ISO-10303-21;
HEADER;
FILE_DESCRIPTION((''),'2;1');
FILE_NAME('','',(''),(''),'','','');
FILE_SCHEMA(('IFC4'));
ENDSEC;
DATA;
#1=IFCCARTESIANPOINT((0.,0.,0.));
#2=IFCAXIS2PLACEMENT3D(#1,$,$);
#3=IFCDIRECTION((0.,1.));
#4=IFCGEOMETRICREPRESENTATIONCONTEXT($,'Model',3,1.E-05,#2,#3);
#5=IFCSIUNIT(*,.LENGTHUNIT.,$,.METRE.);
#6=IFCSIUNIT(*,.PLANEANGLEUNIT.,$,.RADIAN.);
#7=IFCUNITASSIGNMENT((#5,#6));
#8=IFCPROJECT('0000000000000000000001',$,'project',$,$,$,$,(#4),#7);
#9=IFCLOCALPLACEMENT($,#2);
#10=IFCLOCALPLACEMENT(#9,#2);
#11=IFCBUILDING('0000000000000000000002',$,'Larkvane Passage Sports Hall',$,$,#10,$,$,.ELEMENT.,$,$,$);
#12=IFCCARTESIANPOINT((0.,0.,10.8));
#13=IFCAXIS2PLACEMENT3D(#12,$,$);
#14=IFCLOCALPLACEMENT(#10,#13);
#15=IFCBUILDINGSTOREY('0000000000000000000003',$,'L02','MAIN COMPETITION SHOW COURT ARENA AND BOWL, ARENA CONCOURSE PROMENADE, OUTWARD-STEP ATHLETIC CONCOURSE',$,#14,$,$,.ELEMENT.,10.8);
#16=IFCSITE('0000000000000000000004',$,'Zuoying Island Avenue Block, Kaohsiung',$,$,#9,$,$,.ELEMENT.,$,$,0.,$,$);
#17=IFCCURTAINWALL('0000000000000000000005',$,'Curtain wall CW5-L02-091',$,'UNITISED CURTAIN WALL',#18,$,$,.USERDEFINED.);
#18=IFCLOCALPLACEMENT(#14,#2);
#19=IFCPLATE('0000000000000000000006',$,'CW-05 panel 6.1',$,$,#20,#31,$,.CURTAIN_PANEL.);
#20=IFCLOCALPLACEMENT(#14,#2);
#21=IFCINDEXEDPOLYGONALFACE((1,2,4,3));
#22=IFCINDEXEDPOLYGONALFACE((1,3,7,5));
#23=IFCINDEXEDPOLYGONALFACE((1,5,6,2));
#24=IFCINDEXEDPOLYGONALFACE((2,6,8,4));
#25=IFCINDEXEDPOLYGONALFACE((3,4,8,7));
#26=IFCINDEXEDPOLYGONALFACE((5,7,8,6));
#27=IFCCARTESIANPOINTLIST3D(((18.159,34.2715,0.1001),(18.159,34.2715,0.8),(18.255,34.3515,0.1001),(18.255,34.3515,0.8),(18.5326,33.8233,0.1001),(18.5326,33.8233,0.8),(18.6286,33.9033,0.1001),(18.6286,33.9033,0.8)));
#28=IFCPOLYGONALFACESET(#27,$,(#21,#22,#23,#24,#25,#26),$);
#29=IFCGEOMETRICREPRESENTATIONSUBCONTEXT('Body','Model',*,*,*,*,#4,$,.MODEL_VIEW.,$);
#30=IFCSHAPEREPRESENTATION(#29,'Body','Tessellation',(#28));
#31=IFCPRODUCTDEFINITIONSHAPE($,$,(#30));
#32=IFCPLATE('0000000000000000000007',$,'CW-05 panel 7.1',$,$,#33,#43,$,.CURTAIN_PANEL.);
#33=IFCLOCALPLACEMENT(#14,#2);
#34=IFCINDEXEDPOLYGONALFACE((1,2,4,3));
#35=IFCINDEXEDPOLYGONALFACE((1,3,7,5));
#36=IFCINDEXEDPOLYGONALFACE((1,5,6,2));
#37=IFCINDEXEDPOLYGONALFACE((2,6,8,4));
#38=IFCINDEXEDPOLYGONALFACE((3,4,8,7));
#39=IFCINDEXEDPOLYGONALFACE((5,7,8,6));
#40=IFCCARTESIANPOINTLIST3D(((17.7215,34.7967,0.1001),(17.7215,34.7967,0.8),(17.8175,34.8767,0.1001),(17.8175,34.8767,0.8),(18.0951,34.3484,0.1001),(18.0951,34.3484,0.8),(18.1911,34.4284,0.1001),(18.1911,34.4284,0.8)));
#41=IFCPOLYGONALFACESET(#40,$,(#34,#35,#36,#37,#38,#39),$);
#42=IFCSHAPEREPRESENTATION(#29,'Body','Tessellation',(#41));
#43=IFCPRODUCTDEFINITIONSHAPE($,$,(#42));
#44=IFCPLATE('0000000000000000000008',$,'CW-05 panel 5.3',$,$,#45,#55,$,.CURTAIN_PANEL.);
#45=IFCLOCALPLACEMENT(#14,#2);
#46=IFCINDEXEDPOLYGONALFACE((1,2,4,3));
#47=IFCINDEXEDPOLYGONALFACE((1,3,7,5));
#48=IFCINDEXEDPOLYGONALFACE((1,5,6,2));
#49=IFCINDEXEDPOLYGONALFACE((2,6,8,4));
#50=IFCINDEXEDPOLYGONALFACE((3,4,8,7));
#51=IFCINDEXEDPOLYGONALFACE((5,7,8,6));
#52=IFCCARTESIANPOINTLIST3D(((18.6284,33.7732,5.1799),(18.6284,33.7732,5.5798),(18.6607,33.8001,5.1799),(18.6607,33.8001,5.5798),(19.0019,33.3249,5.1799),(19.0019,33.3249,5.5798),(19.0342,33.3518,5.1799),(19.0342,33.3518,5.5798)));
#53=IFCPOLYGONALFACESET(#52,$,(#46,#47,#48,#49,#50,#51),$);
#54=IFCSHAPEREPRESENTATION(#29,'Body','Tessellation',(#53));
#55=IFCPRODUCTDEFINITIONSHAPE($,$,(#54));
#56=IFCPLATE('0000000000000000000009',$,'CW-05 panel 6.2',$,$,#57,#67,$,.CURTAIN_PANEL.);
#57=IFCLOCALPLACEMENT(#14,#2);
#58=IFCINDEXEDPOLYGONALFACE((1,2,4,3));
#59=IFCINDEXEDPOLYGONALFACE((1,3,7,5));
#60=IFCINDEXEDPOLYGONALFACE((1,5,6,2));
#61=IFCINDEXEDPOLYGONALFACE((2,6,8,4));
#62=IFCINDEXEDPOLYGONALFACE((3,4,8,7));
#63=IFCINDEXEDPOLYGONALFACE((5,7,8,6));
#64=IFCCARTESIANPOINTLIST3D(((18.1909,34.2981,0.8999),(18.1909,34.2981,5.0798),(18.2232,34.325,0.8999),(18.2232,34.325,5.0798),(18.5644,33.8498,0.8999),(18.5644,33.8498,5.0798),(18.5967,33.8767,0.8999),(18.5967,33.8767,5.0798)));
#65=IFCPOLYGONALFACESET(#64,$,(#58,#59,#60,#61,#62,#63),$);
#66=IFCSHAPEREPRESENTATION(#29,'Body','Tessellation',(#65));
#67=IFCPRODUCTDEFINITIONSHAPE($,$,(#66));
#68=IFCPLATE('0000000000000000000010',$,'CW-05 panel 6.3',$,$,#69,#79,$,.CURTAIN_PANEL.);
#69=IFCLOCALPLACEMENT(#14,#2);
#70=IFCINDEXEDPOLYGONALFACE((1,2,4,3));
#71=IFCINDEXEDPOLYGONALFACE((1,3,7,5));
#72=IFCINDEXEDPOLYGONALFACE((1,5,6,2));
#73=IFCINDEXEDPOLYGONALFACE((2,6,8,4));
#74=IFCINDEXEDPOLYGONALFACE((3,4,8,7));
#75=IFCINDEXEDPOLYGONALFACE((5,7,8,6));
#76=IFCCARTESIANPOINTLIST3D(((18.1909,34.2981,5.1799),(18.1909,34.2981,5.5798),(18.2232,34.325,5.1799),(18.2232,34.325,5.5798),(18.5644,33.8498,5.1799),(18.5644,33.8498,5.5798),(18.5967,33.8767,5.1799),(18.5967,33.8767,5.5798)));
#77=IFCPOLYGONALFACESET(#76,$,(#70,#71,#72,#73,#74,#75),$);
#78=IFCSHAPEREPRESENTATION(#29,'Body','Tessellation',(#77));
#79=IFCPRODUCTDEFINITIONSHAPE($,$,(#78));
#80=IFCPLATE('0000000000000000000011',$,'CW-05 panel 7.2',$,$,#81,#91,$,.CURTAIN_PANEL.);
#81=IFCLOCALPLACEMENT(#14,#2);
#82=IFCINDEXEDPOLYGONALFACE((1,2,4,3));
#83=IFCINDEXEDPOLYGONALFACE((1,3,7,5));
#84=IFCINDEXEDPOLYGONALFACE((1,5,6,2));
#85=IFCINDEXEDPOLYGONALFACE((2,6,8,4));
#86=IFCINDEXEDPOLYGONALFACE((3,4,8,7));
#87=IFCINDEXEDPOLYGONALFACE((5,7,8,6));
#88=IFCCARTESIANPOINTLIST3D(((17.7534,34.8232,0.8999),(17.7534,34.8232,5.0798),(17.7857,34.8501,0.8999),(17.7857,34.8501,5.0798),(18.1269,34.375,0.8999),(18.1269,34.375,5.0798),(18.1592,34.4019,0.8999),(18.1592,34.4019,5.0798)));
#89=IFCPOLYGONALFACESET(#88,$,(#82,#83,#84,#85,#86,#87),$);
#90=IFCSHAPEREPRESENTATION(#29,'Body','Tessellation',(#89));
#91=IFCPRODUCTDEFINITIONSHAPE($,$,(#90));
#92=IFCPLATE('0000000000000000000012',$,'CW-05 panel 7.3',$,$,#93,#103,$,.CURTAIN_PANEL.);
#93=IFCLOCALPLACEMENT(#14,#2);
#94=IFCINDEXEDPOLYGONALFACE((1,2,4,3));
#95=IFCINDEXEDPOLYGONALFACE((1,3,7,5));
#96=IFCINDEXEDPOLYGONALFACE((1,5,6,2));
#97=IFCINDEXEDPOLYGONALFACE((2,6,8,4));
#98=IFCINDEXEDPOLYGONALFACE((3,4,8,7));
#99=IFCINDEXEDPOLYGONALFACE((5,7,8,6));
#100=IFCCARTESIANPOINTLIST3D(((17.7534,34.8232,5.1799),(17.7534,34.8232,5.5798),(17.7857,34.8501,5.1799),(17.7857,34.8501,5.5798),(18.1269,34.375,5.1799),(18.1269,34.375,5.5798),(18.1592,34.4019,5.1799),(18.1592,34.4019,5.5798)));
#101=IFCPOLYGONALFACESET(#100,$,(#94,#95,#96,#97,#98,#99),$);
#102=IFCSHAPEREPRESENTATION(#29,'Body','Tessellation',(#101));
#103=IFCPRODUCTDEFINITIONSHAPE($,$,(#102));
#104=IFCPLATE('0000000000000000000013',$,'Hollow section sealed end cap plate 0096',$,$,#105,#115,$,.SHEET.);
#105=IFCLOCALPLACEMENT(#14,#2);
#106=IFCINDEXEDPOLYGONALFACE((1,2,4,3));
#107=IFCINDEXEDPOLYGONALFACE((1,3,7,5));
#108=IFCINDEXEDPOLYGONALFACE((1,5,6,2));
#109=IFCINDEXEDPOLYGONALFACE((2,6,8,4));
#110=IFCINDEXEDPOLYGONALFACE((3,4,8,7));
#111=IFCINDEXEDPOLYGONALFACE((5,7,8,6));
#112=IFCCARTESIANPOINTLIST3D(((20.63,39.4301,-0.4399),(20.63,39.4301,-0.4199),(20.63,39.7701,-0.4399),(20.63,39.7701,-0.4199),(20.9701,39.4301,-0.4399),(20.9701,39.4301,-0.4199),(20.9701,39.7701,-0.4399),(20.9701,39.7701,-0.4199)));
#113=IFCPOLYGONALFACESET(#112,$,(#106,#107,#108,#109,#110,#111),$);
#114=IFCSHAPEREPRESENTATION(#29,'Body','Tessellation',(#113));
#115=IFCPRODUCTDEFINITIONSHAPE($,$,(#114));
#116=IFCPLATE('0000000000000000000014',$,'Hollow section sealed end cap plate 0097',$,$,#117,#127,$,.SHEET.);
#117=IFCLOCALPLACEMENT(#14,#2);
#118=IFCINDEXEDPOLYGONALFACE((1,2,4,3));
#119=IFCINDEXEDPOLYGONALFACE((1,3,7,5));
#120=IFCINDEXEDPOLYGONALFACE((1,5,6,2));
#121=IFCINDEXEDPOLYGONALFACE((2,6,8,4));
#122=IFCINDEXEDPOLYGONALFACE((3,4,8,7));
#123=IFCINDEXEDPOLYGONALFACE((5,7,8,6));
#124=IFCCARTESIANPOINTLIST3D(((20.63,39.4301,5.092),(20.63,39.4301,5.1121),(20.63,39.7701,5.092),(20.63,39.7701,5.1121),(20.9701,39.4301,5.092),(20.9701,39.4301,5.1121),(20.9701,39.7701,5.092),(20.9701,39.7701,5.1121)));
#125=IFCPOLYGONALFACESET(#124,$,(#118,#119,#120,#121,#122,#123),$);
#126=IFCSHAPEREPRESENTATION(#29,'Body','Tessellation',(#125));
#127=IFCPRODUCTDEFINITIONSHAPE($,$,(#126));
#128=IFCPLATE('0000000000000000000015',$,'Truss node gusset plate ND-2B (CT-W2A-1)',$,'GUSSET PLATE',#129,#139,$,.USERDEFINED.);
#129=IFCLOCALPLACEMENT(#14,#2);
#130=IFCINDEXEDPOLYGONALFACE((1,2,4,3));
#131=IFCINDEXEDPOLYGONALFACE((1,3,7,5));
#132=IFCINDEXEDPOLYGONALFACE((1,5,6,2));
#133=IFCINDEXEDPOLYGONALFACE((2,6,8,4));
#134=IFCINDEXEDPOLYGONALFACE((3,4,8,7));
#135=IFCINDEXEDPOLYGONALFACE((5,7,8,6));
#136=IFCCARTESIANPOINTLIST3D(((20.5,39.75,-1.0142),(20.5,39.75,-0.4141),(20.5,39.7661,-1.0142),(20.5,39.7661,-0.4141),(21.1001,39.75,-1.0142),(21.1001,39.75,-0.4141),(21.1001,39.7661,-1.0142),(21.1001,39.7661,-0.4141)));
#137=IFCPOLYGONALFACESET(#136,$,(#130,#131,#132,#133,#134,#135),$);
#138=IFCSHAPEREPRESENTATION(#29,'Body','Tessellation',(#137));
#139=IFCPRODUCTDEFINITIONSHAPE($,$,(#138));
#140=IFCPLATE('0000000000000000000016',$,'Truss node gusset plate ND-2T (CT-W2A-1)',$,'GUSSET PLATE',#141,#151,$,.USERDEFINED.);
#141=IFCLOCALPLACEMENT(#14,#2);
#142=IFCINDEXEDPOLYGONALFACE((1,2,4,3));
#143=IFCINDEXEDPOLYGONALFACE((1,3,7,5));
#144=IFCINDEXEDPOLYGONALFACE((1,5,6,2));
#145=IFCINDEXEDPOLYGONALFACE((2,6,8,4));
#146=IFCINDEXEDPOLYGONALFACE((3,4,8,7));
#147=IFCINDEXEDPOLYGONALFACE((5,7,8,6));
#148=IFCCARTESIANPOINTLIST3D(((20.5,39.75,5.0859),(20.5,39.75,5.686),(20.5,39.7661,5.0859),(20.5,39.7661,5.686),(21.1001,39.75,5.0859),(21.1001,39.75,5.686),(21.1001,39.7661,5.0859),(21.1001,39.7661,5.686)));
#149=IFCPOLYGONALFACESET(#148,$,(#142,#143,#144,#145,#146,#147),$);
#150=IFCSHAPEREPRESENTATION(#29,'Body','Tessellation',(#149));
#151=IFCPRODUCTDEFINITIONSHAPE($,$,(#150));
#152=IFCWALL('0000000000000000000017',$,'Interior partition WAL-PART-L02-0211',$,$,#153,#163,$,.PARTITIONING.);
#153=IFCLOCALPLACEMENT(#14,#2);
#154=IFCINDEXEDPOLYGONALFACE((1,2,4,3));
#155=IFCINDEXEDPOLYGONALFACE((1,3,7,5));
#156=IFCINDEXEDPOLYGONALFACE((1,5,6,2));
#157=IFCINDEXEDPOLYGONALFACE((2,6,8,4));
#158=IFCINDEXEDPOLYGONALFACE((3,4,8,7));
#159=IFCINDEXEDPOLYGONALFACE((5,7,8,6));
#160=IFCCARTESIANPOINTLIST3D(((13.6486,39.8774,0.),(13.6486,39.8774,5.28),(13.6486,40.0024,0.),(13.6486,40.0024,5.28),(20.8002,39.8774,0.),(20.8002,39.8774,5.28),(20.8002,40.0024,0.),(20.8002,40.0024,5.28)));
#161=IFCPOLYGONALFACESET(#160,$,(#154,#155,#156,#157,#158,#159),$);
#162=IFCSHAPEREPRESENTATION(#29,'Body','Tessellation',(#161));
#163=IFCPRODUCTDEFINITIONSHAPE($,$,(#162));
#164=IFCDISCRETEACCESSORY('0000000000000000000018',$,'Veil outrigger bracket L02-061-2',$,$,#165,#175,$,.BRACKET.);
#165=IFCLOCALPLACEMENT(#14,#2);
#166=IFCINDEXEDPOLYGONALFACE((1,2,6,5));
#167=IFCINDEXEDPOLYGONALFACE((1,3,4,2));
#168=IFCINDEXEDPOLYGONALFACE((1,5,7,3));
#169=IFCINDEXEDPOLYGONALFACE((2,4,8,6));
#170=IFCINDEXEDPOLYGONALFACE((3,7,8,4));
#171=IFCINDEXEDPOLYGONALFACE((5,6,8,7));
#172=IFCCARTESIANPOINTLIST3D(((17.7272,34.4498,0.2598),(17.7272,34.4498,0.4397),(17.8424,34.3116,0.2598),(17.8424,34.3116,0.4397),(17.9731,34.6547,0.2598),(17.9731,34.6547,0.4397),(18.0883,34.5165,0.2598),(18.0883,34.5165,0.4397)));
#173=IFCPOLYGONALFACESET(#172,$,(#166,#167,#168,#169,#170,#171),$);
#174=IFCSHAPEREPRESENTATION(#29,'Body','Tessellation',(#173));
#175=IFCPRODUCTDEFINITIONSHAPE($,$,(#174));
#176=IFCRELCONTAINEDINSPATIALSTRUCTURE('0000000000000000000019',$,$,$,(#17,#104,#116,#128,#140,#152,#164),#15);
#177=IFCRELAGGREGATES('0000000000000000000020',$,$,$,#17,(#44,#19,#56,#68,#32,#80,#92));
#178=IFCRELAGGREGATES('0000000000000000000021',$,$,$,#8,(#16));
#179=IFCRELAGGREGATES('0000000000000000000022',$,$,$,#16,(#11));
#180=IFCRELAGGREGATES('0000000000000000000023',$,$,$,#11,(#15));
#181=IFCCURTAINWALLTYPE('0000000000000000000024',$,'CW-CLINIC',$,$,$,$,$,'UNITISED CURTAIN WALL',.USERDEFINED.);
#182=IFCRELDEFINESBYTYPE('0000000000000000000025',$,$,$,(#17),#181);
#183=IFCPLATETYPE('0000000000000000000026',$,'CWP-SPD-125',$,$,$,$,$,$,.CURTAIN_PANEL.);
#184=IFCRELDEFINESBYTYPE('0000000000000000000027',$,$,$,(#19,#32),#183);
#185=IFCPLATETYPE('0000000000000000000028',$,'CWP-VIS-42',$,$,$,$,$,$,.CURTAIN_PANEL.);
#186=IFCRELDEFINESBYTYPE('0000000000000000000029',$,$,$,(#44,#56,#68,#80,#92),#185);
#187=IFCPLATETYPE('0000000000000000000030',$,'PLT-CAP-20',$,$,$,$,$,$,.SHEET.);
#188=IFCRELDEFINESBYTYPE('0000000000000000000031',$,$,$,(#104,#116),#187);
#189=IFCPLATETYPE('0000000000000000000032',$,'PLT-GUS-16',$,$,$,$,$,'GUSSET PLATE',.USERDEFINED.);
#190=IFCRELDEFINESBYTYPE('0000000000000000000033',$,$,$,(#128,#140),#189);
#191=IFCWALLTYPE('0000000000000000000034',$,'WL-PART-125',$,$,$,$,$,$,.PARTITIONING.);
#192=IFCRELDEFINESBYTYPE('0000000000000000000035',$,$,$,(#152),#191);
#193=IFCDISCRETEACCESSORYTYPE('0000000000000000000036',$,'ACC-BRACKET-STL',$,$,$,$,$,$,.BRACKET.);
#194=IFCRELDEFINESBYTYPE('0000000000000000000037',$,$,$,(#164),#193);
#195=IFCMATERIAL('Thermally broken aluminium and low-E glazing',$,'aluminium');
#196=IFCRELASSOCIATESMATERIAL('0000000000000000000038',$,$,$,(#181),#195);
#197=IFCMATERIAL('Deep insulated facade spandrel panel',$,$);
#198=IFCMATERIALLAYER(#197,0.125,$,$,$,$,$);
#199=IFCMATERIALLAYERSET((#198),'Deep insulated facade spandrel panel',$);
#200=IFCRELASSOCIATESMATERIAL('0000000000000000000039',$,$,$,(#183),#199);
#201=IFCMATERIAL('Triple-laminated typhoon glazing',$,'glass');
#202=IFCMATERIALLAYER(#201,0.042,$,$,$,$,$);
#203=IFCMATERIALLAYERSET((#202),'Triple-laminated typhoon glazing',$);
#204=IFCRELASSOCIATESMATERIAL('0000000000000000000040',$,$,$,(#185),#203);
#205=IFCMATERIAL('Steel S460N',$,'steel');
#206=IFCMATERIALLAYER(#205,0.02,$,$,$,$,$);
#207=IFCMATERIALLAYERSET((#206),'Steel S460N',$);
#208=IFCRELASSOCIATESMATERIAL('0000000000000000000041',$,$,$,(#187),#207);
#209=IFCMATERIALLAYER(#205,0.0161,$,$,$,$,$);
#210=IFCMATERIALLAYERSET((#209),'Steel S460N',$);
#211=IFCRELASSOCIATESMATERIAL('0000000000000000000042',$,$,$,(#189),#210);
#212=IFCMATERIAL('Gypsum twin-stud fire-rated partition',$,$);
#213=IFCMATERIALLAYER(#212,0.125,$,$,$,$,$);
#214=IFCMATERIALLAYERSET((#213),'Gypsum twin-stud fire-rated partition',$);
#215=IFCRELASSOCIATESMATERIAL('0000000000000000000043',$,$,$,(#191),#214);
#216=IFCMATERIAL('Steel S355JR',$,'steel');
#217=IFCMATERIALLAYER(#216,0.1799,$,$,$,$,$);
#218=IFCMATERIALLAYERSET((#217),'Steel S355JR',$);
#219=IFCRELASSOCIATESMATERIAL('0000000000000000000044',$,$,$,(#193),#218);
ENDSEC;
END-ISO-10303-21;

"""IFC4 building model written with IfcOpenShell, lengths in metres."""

from ifc_helpers import new_model, si_unit, direction, frame, frame_2d, origin, origin_2d, place, context, subcontext, project, spatial, rectangle, extrude, material, layer, layer_set, type_object, element, aggregate, save


model = new_model("IFC4")

# Units and contexts
model_context = context("Model", 3, precision=1e-05, world=origin(), true_north=direction((0.0, 1.0)))
body_context = subcontext(model_context, "Body", "Model", "MODEL_VIEW")
ifc_project = project(units=[si_unit("LENGTHUNIT", "METRE"), si_unit("PLANEANGLEUNIT", "RADIAN")], contexts=[model_context])

# Site, building, storey
site_placement = place(None, origin())
site = spatial("IfcSite", under=ifc_project, at=site_placement, Name="Zuoying Island Avenue Block, Kaohsiung", CompositionType="ELEMENT", RefElevation=0.0)
building_placement = place(site_placement, origin())
building = spatial("IfcBuilding", under=site, at=building_placement, Name="Larkvane Passage Sports Hall", CompositionType="ELEMENT")
storey_placement = place(building_placement, frame((0.0, 0.0, 10.8)))
storey = spatial("IfcBuildingStorey", under=building, at=storey_placement, Name="L02", Description="MAIN COMPETITION SHOW COURT ARENA AND BOWL, ARENA CONCOURSE PROMENADE, OUTWARD-STEP ATHLETIC CONCOURSE", CompositionType="ELEMENT", Elevation=10.8)

# Shared definitions
ifc_material_1 = material(Name="Steel S355JR", Category="steel")

# Curtain wall
ifc_material_2 = material(Name="Thermally broken aluminium and low-E glazing", Category="aluminium")
curtain_wall_type = type_object("IfcCurtainWallType", Name="CW-CLINIC", ElementType="UNITISED CURTAIN WALL", PredefinedType="USERDEFINED", material=ifc_material_2)
curtain_wall_placement = place(storey_placement, origin())
curtain_wall = element("IfcCurtainWall", 1, at=curtain_wall_placement, inside=storey, type_object=curtain_wall_type, Name="Curtain wall CW5-L02-091", ObjectType="UNITISED CURTAIN WALL", PredefinedType="USERDEFINED")

# Shared definitions
ifc_material_3 = material(Name="Steel S460N", Category="steel")

# Plates
ifc_material_4 = material(Name="Deep insulated facade spandrel panel")
ifc_layer_1 = layer(ifc_material_4, 0.125)
ifc_layer_set_1 = layer_set([ifc_layer_1], Name="Deep insulated facade spandrel panel")
plate_type_1 = type_object("IfcPlateType", Name="CWP-SPD-125", PredefinedType="CURTAIN_PANEL", material=ifc_layer_set_1)
plate_1_placement = place(storey_placement, frame((18.3938, 34.0874, 0.1001), z_axis=(0.0, 0.0, 1.0), x_axis=(-0.640184, 0.768221, 0.0)))
plate_1 = element("IfcPlate", 2, at=plate_1_placement, type_object=plate_type_1, Name="CW-05 panel 6.1", PredefinedType="CURTAIN_PANEL", context=body_context, shape_type="SweptSolid", body=[
    extrude(rectangle(XDim=0.5835, YDim=0.125, at=origin_2d()), origin(), (0.0, 0.0, 1.0), 0.7),
])
plate_2_placement = place(storey_placement, frame((17.9563, 34.6125, 0.1001), z_axis=(0.0, 0.0, 1.0), x_axis=(-0.640184, 0.768221, 0.0)))
plate_2 = element("IfcPlate", 3, at=plate_2_placement, type_object=plate_type_1, Name="CW-05 panel 7.1", PredefinedType="CURTAIN_PANEL", context=body_context, shape_type="SweptSolid", body=[
    extrude(rectangle(XDim=0.5835, YDim=0.125, at=origin_2d()), origin(), (0.0, 0.0, 1.0), 0.7),
])
ifc_material_5 = material(Name="Triple-laminated typhoon glazing", Category="glass")
ifc_layer_2 = layer(ifc_material_5, 0.042)
ifc_layer_set_2 = layer_set([ifc_layer_2], Name="Triple-laminated typhoon glazing")
plate_type_2 = type_object("IfcPlateType", Name="CWP-VIS-42", PredefinedType="CURTAIN_PANEL", material=ifc_layer_set_2)
plate_3_placement = place(storey_placement, frame((18.8313, 33.5625, 5.1799), z_axis=(0.0, 0.0, 1.0), x_axis=(-0.640184, 0.768221, 0.0)))
plate_3 = element("IfcPlate", 4, at=plate_3_placement, type_object=plate_type_2, Name="CW-05 panel 5.3", PredefinedType="CURTAIN_PANEL", context=body_context, shape_type="SweptSolid", body=[
    extrude(rectangle(XDim=0.5835, YDim=0.042, at=origin_2d()), origin(), (0.0, 0.0, 1.0), 0.3999),
])
plate_4_placement = place(storey_placement, frame((18.3938, 34.0874, 0.8999), z_axis=(0.0, 0.0, 1.0), x_axis=(-0.640184, 0.768221, 0.0)))
plate_4 = element("IfcPlate", 5, at=plate_4_placement, type_object=plate_type_2, Name="CW-05 panel 6.2", PredefinedType="CURTAIN_PANEL", context=body_context, shape_type="SweptSolid", body=[
    extrude(rectangle(XDim=0.5835, YDim=0.042, at=origin_2d()), origin(), (0.0, 0.0, 1.0), 4.1799),
])
plate_5_placement = place(storey_placement, frame((18.3938, 34.0874, 5.1799), z_axis=(0.0, 0.0, 1.0), x_axis=(-0.640184, 0.768221, 0.0)))
plate_5 = element("IfcPlate", 6, at=plate_5_placement, type_object=plate_type_2, Name="CW-05 panel 6.3", PredefinedType="CURTAIN_PANEL", context=body_context, shape_type="SweptSolid", body=[
    extrude(rectangle(XDim=0.5835, YDim=0.042, at=origin_2d()), origin(), (0.0, 0.0, 1.0), 0.3999),
])
plate_6_placement = place(storey_placement, frame((17.9563, 34.6125, 0.8999), z_axis=(0.0, 0.0, 1.0), x_axis=(-0.640184, 0.768221, 0.0)))
plate_6 = element("IfcPlate", 7, at=plate_6_placement, type_object=plate_type_2, Name="CW-05 panel 7.2", PredefinedType="CURTAIN_PANEL", context=body_context, shape_type="SweptSolid", body=[
    extrude(rectangle(XDim=0.5835, YDim=0.042, at=origin_2d()), origin(), (0.0, 0.0, 1.0), 4.1799),
])
plate_7_placement = place(storey_placement, frame((17.9563, 34.6125, 5.1799), z_axis=(0.0, 0.0, 1.0), x_axis=(-0.640184, 0.768221, 0.0)))
plate_7 = element("IfcPlate", 8, at=plate_7_placement, type_object=plate_type_2, Name="CW-05 panel 7.3", PredefinedType="CURTAIN_PANEL", context=body_context, shape_type="SweptSolid", body=[
    extrude(rectangle(XDim=0.5835, YDim=0.042, at=origin_2d()), origin(), (0.0, 0.0, 1.0), 0.3999),
])
aggregate(curtain_wall, [plate_3, plate_1, plate_4, plate_5, plate_2, plate_6, plate_7])

# Plates
ifc_layer_3 = layer(ifc_material_3, 0.02)
ifc_layer_set_3 = layer_set([ifc_layer_3], Name="Steel S460N")
plate_type_3 = type_object("IfcPlateType", Name="PLT-CAP-20", PredefinedType="SHEET", material=ifc_layer_set_3)
for number, where, z_axis, x_axis, name in (
    (9, (20.8, 39.6001, -0.4399), (0.0, 0.0, 1.0), (1.0, 0.0, 0.0), "Hollow section sealed end cap plate 0096"),
    (10, (20.8, 39.6001, 5.092), (0.0, 0.0, 1.0), (1.0, 0.0, 0.0), "Hollow section sealed end cap plate 0097"),
):
    element("IfcPlate", number, at=place(storey_placement, frame(where, z_axis=z_axis, x_axis=x_axis)), inside=storey, type_object=plate_type_3, Name=name, PredefinedType="SHEET", context=body_context, shape_type="SweptSolid", body=[
        extrude(rectangle(XDim=0.3401, YDim=0.3401, at=origin_2d()), origin(), (0.0, 0.0, 1.0), 0.02),
    ])
ifc_layer_4 = layer(ifc_material_3, 0.0161)
ifc_layer_set_4 = layer_set([ifc_layer_4], Name="Steel S460N")
plate_type_4 = type_object("IfcPlateType", Name="PLT-GUS-16", ElementType="GUSSET PLATE", PredefinedType="USERDEFINED", material=ifc_layer_set_4)
for number, where, z_axis, x_axis, name in (
    (11, (20.8, 39.7581, -1.0142), (0.0, 0.0, 1.0), (1.0, 0.0, 0.0), "Truss node gusset plate ND-2B (CT-W2A-1)"),
    (12, (20.8, 39.7581, 5.0859), (0.0, 0.0, 1.0), (1.0, 0.0, 0.0), "Truss node gusset plate ND-2T (CT-W2A-1)"),
):
    element("IfcPlate", number, at=place(storey_placement, frame(where, z_axis=z_axis, x_axis=x_axis)), inside=storey, type_object=plate_type_4, Name=name, ObjectType="GUSSET PLATE", PredefinedType="USERDEFINED", context=body_context, shape_type="SweptSolid", body=[
        extrude(rectangle(XDim=0.6001, YDim=0.0161, at=origin_2d()), origin(), (0.0, 0.0, 1.0), 0.6001),
    ])

# Wall
ifc_material_6 = material(Name="Gypsum twin-stud fire-rated partition")
ifc_layer_5 = layer(ifc_material_6, 0.125)
ifc_layer_set_5 = layer_set([ifc_layer_5], Name="Gypsum twin-stud fire-rated partition")
wall_type = type_object("IfcWallType", Name="WL-PART-125", PredefinedType="PARTITIONING", material=ifc_layer_set_5)
wall_placement = place(storey_placement, frame((20.8, 39.9399, 0.0), z_axis=(0.0, 0.0, 1.0), x_axis=(-1.0, 0.0, 0.0)))
element("IfcWall", 13, at=wall_placement, inside=storey, type_object=wall_type, Name="Interior partition WAL-PART-L02-0211", PredefinedType="PARTITIONING", context=body_context, shape_type="SweptSolid", body=[
    extrude(rectangle(XDim=7.1516, YDim=0.125, at=frame_2d((3.5757, 0.0))), origin(), (0.0, 0.0, 1.0), 5.28),
])

# Discrete accessory
ifc_layer_6 = layer(ifc_material_1, 0.1799)
ifc_layer_set_6 = layer_set([ifc_layer_6], Name="Steel S355JR")
discrete_accessory_type = type_object("IfcDiscreteAccessoryType", Name="ACC-BRACKET-STL", PredefinedType="BRACKET", material=ifc_layer_set_6)
discrete_accessory_placement = place(storey_placement, frame((17.9077, 34.4832, 0.2598), z_axis=(0.0, 0.0, 1.0), x_axis=(-0.640184, 0.768221, 0.0)))
element("IfcDiscreteAccessory", 14, at=discrete_accessory_placement, inside=storey, type_object=discrete_accessory_type, Name="Veil outrigger bracket L02-061-2", PredefinedType="BRACKET", context=body_context, shape_type="SweptSolid", body=[
    extrude(rectangle(XDim=0.1799, YDim=0.3201, at=origin_2d()), origin(), (0.0, 0.0, 1.0), 0.1799),
])

save(model, "model.ifc")
